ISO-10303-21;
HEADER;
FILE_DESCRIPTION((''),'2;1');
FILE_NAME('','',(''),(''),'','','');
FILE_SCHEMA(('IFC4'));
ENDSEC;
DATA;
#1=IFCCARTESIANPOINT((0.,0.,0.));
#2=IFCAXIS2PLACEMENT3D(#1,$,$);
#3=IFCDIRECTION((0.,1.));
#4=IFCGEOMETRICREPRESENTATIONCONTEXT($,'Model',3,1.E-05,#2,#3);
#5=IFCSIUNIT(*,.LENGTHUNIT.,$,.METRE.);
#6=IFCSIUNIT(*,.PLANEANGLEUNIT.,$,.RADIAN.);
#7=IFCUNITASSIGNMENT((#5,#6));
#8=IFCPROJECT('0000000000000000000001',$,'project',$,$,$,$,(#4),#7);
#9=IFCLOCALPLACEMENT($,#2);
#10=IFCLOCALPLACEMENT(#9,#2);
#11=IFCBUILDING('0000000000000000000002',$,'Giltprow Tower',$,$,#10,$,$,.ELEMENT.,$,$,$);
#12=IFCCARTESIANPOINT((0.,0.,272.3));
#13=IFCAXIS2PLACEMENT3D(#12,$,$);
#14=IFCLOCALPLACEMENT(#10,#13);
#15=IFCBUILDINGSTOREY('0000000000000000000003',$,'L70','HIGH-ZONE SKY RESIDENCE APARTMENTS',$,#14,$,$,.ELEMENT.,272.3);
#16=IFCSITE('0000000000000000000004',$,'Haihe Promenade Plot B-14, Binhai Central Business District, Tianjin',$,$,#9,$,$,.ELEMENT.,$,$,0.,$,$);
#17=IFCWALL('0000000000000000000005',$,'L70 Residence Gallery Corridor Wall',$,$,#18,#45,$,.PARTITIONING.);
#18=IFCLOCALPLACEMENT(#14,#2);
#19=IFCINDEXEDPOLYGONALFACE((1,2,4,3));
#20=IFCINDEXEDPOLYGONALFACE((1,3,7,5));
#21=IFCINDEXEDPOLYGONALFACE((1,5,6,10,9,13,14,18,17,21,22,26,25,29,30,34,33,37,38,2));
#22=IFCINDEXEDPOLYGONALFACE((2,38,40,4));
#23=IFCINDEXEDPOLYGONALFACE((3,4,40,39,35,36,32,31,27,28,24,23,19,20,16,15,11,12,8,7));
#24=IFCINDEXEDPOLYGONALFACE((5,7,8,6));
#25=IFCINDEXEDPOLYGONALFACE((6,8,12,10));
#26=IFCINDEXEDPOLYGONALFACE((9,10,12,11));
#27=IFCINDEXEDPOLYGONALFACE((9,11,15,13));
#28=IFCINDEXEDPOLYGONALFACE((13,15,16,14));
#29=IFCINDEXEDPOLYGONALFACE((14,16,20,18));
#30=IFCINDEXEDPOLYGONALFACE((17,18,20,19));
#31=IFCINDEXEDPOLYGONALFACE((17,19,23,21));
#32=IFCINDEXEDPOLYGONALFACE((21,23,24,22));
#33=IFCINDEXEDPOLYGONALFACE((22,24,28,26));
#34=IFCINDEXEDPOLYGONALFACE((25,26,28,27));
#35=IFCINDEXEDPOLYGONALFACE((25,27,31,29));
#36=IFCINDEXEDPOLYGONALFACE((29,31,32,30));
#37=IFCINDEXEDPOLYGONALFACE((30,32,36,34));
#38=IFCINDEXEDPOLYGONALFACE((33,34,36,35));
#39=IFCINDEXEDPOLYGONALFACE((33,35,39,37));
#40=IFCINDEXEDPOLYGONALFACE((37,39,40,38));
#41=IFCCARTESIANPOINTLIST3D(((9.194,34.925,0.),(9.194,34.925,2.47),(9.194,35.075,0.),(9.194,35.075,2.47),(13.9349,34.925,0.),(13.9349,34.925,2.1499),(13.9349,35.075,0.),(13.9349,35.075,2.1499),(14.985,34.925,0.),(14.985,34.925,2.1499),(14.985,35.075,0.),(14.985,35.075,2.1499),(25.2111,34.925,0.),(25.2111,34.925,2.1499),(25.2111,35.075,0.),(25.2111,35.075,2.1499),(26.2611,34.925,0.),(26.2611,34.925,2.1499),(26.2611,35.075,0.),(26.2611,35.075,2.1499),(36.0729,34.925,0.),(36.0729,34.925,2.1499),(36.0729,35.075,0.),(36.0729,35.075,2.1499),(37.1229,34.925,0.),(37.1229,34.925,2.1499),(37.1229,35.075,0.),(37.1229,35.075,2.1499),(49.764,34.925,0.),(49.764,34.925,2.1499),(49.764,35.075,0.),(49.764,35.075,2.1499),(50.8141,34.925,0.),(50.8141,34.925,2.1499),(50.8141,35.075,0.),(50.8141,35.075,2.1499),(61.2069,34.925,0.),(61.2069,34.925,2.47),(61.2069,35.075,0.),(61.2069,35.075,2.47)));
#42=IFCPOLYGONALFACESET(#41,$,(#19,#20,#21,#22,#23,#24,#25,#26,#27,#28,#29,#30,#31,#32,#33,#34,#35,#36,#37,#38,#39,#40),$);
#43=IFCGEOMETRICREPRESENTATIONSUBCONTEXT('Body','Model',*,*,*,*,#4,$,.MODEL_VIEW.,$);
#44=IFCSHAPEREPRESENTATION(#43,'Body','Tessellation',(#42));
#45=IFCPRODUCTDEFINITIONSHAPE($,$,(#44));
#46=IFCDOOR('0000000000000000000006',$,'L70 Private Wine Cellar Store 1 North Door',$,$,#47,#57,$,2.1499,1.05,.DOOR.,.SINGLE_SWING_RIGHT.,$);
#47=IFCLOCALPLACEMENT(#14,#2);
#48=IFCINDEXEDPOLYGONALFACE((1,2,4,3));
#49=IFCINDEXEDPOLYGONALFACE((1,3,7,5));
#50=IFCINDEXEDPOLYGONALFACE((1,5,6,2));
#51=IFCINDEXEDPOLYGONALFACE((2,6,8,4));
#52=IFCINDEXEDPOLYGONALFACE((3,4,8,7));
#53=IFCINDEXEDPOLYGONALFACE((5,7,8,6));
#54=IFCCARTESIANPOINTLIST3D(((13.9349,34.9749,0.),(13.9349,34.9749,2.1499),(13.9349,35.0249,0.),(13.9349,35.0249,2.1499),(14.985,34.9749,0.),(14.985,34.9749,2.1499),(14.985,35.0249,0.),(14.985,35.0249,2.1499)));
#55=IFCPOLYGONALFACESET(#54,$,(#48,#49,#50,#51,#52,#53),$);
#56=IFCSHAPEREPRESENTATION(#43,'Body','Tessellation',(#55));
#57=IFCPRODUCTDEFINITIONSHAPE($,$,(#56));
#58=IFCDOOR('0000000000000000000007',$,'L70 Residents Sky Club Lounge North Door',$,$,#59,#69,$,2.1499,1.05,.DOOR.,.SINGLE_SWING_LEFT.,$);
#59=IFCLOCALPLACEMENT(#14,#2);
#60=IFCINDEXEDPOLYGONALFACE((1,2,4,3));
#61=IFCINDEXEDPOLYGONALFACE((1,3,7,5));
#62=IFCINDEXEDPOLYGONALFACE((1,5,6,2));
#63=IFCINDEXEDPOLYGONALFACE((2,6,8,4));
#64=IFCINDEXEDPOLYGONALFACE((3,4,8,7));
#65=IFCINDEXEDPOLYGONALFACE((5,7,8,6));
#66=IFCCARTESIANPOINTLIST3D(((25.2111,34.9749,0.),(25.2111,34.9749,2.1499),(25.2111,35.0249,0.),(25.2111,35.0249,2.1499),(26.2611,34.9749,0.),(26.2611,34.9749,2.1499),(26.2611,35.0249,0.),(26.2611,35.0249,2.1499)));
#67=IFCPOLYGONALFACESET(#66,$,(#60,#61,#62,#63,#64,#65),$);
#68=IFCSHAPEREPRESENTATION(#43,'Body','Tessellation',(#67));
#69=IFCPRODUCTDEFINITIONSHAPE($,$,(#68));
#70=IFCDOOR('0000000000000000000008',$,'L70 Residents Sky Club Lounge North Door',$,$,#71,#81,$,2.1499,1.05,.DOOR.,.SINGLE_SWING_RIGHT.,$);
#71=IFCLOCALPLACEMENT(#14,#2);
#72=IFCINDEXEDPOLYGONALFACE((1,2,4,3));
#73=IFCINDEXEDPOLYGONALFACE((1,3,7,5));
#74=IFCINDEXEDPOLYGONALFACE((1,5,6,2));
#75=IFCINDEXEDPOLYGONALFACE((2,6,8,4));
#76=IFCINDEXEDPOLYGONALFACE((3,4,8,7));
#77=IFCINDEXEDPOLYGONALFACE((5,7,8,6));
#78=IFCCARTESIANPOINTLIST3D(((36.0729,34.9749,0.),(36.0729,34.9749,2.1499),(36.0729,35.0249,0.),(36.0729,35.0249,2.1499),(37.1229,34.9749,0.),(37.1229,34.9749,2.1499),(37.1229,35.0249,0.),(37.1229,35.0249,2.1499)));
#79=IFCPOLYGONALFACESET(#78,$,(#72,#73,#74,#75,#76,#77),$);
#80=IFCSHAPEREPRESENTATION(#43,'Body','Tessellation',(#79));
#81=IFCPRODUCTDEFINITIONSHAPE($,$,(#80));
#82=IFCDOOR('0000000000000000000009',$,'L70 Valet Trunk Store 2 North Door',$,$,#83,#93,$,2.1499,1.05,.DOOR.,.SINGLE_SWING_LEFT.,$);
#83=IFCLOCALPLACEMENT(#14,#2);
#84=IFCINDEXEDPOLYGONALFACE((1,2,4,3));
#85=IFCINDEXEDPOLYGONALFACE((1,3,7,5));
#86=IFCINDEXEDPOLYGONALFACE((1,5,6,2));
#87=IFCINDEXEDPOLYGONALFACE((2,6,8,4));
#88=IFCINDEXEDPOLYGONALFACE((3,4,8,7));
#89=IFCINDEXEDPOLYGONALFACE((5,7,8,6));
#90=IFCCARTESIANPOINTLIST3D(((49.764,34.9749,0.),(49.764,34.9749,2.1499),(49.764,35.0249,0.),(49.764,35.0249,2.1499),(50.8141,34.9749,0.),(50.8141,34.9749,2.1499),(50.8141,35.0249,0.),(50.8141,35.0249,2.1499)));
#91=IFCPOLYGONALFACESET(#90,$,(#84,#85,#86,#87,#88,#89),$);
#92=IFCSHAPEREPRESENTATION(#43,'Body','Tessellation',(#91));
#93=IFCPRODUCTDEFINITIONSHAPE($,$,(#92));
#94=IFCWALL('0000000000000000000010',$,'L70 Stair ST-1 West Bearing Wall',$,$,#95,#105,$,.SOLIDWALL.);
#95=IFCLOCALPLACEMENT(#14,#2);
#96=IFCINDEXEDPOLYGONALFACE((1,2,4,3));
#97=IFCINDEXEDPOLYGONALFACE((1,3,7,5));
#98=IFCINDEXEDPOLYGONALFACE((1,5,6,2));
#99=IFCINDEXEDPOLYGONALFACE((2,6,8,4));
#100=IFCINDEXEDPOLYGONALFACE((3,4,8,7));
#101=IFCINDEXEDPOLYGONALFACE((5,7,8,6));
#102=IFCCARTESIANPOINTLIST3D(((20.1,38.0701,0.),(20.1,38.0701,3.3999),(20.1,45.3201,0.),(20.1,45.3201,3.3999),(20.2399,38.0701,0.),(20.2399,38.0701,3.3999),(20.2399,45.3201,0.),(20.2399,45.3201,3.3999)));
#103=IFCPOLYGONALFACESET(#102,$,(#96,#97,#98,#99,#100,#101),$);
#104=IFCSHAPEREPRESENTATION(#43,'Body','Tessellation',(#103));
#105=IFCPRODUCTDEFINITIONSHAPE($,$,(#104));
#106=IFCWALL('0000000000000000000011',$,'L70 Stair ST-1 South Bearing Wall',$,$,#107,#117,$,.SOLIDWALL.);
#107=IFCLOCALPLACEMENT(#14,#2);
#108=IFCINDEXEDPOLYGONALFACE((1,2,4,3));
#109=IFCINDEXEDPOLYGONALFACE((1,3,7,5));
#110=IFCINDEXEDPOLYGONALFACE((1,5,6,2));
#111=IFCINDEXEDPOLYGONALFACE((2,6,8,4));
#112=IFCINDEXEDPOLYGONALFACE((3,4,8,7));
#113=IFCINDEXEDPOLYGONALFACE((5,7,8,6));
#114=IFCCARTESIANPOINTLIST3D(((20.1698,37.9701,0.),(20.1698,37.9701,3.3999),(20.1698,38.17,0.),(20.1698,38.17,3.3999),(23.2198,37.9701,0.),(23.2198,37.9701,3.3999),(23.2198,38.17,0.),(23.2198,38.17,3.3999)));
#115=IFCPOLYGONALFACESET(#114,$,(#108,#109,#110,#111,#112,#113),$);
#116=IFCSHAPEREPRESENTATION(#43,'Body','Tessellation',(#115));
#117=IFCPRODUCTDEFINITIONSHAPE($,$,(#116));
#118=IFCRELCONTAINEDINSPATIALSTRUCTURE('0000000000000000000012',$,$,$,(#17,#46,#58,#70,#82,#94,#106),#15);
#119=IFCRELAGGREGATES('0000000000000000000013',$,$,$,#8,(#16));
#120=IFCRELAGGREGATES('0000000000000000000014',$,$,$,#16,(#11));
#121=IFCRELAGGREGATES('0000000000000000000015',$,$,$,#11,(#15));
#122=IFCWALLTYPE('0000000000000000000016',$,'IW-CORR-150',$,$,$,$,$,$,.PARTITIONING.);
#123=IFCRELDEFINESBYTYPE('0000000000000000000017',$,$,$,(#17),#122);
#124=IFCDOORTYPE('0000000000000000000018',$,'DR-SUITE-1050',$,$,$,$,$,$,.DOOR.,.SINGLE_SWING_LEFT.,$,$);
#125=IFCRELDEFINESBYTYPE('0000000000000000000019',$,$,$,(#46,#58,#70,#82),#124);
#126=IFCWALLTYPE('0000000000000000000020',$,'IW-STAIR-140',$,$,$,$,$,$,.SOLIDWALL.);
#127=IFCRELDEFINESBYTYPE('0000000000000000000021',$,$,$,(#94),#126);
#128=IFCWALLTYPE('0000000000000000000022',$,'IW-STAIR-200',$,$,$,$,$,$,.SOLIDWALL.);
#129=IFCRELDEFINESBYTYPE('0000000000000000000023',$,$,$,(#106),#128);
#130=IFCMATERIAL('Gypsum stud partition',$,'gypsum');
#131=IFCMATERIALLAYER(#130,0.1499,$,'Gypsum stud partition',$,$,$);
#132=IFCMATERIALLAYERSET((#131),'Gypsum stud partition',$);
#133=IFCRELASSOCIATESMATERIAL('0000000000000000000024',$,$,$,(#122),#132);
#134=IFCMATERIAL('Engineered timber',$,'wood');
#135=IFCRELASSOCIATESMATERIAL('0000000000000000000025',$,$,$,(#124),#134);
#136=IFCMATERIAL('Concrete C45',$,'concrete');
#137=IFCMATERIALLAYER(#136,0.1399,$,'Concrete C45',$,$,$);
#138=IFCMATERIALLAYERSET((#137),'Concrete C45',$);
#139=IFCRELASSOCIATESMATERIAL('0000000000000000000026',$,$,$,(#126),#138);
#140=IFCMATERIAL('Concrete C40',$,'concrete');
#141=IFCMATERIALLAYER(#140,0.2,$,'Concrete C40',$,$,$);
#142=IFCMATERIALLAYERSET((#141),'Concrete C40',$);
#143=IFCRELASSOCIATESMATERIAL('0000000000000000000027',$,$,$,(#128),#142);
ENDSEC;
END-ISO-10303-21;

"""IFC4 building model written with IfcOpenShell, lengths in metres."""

from ifc_helpers import new_model, si_unit, direction, frame, frame_2d, origin, place, context, subcontext, project, spatial, rectangle, extrude, source, transform, mapped, material, layer, layer_set, type_object, element, fill, save


model = new_model("IFC4")

# Units and contexts
model_context = context("Model", 3, precision=1e-05, world=origin(), true_north=direction((0.0, 1.0)))
body_context = subcontext(model_context, "Body", "Model", "MODEL_VIEW")
ifc_project = project(units=[si_unit("LENGTHUNIT", "METRE"), si_unit("PLANEANGLEUNIT", "RADIAN")], contexts=[model_context])

# Site, building, storey
site_placement = place(None, origin())
site = spatial("IfcSite", under=ifc_project, at=site_placement, Name="Haihe Promenade Plot B-14, Binhai Central Business District, Tianjin", CompositionType="ELEMENT", RefElevation=0.0)
building_placement = place(site_placement, origin())
building = spatial("IfcBuilding", under=site, at=building_placement, Name="Giltprow Tower", CompositionType="ELEMENT")
storey_placement = place(building_placement, frame((0.0, 0.0, 272.3)))
storey = spatial("IfcBuildingStorey", under=building, at=storey_placement, Name="L70", Description="HIGH-ZONE SKY RESIDENCE APARTMENTS", CompositionType="ELEMENT", Elevation=272.3)

# Shared definitions
ifc_material_1 = material(Name="Concrete C45", Category="concrete")

# Wall, openings, doors
ifc_material_2 = material(Name="Gypsum stud partition", Category="gypsum")
ifc_layer_1 = layer(ifc_material_2, 0.1499, Name="Gypsum stud partition")
ifc_layer_set_1 = layer_set([ifc_layer_1], Name="Gypsum stud partition")
wall_type_1 = type_object("IfcWallType", Name="IW-CORR-150", PredefinedType="PARTITIONING", material=ifc_layer_set_1)
wall_1_placement = place(storey_placement, frame((9.1941, 35.0, 0.0), z_axis=(0.0, 0.0, 1.0), x_axis=(1.0, 0.0, 0.0)))
wall_1 = element("IfcWall", 1, at=wall_1_placement, inside=storey, type_object=wall_type_1, Name="L70 Residence Gallery Corridor Wall", PredefinedType="PARTITIONING", context=body_context, shape_type="SweptSolid", body=[
    extrude(rectangle(XDim=52.0129, YDim=0.1499, at=frame_2d((26.0063, 0.0))), origin(), (0.0, 0.0, 1.0), 2.47),
])
opening_1_placement = place(wall_1_placement, frame((4.741, 0.0, 0.0)))
opening_1 = element("IfcOpeningElement", 2, at=opening_1_placement, cuts=wall_1, PredefinedType="OPENING", context=body_context, shape_type="SweptSolid", body=[
    extrude(rectangle(XDim=1.05, YDim=2.1499, at=frame_2d((0.5249, 1.075))), frame((0.0, 0.085, 0.0), z_axis=(0.0, -1.0, 0.0), x_axis=(1.0, 0.0, 0.0)), (0.0, 0.0, 1.0), 0.1699),
])
opening_2_placement = place(wall_1_placement, frame((16.0171, 0.0, 0.0)))
opening_2 = element("IfcOpeningElement", 3, at=opening_2_placement, cuts=wall_1, PredefinedType="OPENING", context=body_context, shape_type="SweptSolid", body=[
    extrude(rectangle(XDim=1.05, YDim=2.1499, at=frame_2d((0.5249, 1.075))), frame((0.0, 0.085, 0.0), z_axis=(0.0, -1.0, 0.0), x_axis=(1.0, 0.0, 0.0)), (0.0, 0.0, 1.0), 0.1699),
])
opening_3_placement = place(wall_1_placement, frame((26.8789, 0.0, 0.0)))
opening_3 = element("IfcOpeningElement", 4, at=opening_3_placement, cuts=wall_1, PredefinedType="OPENING", context=body_context, shape_type="SweptSolid", body=[
    extrude(rectangle(XDim=1.05, YDim=2.1499, at=frame_2d((0.5249, 1.075))), frame((0.0, 0.085, 0.0), z_axis=(0.0, -1.0, 0.0), x_axis=(1.0, 0.0, 0.0)), (0.0, 0.0, 1.0), 0.1699),
])
opening_4_placement = place(wall_1_placement, frame((40.5701, 0.0, 0.0)))
opening_4 = element("IfcOpeningElement", 5, at=opening_4_placement, cuts=wall_1, PredefinedType="OPENING", context=body_context, shape_type="SweptSolid", body=[
    extrude(rectangle(XDim=1.05, YDim=2.1499, at=frame_2d((0.5249, 1.075))), frame((0.0, 0.085, 0.0), z_axis=(0.0, -1.0, 0.0), x_axis=(1.0, 0.0, 0.0)), (0.0, 0.0, 1.0), 0.1699),
])
ifc_material_3 = material(Name="Engineered timber", Category="wood")
door_type_1 = type_object("IfcDoorType", Name="DR-SUITE-1050", OperationType="SINGLE_SWING_LEFT", PredefinedType="DOOR", material=ifc_material_3)
shared_shape_1 = source(origin(), body_context, "Body", "SweptSolid", [
    extrude(rectangle(XDim=1.05, YDim=2.1499, at=frame_2d((0.5249, 1.075))), frame((0.0, 0.0249, 0.0), z_axis=(0.0, -1.0, 0.0), x_axis=(1.0, 0.0, 0.0)), (0.0, 0.0, 1.0), 0.05),
])
door_1_placement = place(opening_1_placement, origin())
door_1 = element("IfcDoor", 6, at=door_1_placement, inside=storey, type_object=door_type_1, Name="L70 Private Wine Cellar Store 1 North Door", OperationType="SINGLE_SWING_RIGHT", OverallHeight=2.1499, OverallWidth=1.05, PredefinedType="DOOR", context=body_context, shape_type="MappedRepresentation", body=[
    mapped(shared_shape_1, transform((0.0, 0.0, 0.0), x_axis=(1.0, 0.0, 0.0), y_axis=(0.0, 1.0, 0.0), z_axis=(0.0, 0.0, 1.0), scale=1.0)),
])
fill(opening_1, door_1)
door_2_placement = place(opening_2_placement, origin())
door_2 = element("IfcDoor", 7, at=door_2_placement, inside=storey, type_object=door_type_1, Name="L70 Residents Sky Club Lounge North Door", OperationType="SINGLE_SWING_LEFT", OverallHeight=2.1499, OverallWidth=1.05, PredefinedType="DOOR", context=body_context, shape_type="MappedRepresentation", body=[
    mapped(shared_shape_1, transform((0.0, 0.0, 0.0), x_axis=(1.0, 0.0, 0.0), y_axis=(0.0, 1.0, 0.0), z_axis=(0.0, 0.0, 1.0), scale=1.0)),
])
fill(opening_2, door_2)
door_3_placement = place(opening_3_placement, origin())
door_3 = element("IfcDoor", 8, at=door_3_placement, inside=storey, type_object=door_type_1, Name="L70 Residents Sky Club Lounge North Door", OperationType="SINGLE_SWING_RIGHT", OverallHeight=2.1499, OverallWidth=1.05, PredefinedType="DOOR", context=body_context, shape_type="MappedRepresentation", body=[
    mapped(shared_shape_1, transform((0.0, 0.0, 0.0), x_axis=(1.0, 0.0, 0.0), y_axis=(0.0, 1.0, 0.0), z_axis=(0.0, 0.0, 1.0), scale=1.0)),
])
fill(opening_3, door_3)
door_4_placement = place(opening_4_placement, origin())
door_4 = element("IfcDoor", 9, at=door_4_placement, inside=storey, type_object=door_type_1, Name="L70 Valet Trunk Store 2 North Door", OperationType="SINGLE_SWING_LEFT", OverallHeight=2.1499, OverallWidth=1.05, PredefinedType="DOOR", context=body_context, shape_type="MappedRepresentation", body=[
    mapped(shared_shape_1, transform((0.0, 0.0, 0.0), x_axis=(1.0, 0.0, 0.0), y_axis=(0.0, 1.0, 0.0), z_axis=(0.0, 0.0, 1.0), scale=1.0)),
])
fill(opening_4, door_4)

# Walls
ifc_layer_2 = layer(ifc_material_1, 0.1399, Name="Concrete C45")
ifc_layer_set_2 = layer_set([ifc_layer_2], Name="Concrete C45")
wall_type_2 = type_object("IfcWallType", Name="IW-STAIR-140", PredefinedType="SOLIDWALL", material=ifc_layer_set_2)
wall_2_placement = place(storey_placement, frame((20.1699, 38.0701, 0.0), z_axis=(0.0, 0.0, 1.0), x_axis=(0.0, 1.0, 0.0)))
element("IfcWall", 10, at=wall_2_placement, inside=storey, type_object=wall_type_2, Name="L70 Stair ST-1 West Bearing Wall", PredefinedType="SOLIDWALL", context=body_context, shape_type="SweptSolid", body=[
    extrude(rectangle(XDim=7.25, YDim=0.1399, at=frame_2d((3.625, 0.0))), origin(), (0.0, 0.0, 1.0), 3.3999),
])
ifc_material_4 = material(Name="Concrete C40", Category="concrete")
ifc_layer_3 = layer(ifc_material_4, 0.2, Name="Concrete C40")
ifc_layer_set_3 = layer_set([ifc_layer_3], Name="Concrete C40")
wall_type_3 = type_object("IfcWallType", Name="IW-STAIR-200", PredefinedType="SOLIDWALL", material=ifc_layer_set_3)
wall_3_placement = place(storey_placement, frame((20.1699, 38.0701, 0.0), z_axis=(0.0, 0.0, 1.0), x_axis=(1.0, 0.0, 0.0)))
element("IfcWall", 11, at=wall_3_placement, inside=storey, type_object=wall_type_3, Name="L70 Stair ST-1 South Bearing Wall", PredefinedType="SOLIDWALL", context=body_context, shape_type="SweptSolid", body=[
    extrude(rectangle(XDim=3.05, YDim=0.2, at=frame_2d((1.5249, 0.0))), origin(), (0.0, 0.0, 1.0), 3.3999),
])

save(model, "model.ifc")
